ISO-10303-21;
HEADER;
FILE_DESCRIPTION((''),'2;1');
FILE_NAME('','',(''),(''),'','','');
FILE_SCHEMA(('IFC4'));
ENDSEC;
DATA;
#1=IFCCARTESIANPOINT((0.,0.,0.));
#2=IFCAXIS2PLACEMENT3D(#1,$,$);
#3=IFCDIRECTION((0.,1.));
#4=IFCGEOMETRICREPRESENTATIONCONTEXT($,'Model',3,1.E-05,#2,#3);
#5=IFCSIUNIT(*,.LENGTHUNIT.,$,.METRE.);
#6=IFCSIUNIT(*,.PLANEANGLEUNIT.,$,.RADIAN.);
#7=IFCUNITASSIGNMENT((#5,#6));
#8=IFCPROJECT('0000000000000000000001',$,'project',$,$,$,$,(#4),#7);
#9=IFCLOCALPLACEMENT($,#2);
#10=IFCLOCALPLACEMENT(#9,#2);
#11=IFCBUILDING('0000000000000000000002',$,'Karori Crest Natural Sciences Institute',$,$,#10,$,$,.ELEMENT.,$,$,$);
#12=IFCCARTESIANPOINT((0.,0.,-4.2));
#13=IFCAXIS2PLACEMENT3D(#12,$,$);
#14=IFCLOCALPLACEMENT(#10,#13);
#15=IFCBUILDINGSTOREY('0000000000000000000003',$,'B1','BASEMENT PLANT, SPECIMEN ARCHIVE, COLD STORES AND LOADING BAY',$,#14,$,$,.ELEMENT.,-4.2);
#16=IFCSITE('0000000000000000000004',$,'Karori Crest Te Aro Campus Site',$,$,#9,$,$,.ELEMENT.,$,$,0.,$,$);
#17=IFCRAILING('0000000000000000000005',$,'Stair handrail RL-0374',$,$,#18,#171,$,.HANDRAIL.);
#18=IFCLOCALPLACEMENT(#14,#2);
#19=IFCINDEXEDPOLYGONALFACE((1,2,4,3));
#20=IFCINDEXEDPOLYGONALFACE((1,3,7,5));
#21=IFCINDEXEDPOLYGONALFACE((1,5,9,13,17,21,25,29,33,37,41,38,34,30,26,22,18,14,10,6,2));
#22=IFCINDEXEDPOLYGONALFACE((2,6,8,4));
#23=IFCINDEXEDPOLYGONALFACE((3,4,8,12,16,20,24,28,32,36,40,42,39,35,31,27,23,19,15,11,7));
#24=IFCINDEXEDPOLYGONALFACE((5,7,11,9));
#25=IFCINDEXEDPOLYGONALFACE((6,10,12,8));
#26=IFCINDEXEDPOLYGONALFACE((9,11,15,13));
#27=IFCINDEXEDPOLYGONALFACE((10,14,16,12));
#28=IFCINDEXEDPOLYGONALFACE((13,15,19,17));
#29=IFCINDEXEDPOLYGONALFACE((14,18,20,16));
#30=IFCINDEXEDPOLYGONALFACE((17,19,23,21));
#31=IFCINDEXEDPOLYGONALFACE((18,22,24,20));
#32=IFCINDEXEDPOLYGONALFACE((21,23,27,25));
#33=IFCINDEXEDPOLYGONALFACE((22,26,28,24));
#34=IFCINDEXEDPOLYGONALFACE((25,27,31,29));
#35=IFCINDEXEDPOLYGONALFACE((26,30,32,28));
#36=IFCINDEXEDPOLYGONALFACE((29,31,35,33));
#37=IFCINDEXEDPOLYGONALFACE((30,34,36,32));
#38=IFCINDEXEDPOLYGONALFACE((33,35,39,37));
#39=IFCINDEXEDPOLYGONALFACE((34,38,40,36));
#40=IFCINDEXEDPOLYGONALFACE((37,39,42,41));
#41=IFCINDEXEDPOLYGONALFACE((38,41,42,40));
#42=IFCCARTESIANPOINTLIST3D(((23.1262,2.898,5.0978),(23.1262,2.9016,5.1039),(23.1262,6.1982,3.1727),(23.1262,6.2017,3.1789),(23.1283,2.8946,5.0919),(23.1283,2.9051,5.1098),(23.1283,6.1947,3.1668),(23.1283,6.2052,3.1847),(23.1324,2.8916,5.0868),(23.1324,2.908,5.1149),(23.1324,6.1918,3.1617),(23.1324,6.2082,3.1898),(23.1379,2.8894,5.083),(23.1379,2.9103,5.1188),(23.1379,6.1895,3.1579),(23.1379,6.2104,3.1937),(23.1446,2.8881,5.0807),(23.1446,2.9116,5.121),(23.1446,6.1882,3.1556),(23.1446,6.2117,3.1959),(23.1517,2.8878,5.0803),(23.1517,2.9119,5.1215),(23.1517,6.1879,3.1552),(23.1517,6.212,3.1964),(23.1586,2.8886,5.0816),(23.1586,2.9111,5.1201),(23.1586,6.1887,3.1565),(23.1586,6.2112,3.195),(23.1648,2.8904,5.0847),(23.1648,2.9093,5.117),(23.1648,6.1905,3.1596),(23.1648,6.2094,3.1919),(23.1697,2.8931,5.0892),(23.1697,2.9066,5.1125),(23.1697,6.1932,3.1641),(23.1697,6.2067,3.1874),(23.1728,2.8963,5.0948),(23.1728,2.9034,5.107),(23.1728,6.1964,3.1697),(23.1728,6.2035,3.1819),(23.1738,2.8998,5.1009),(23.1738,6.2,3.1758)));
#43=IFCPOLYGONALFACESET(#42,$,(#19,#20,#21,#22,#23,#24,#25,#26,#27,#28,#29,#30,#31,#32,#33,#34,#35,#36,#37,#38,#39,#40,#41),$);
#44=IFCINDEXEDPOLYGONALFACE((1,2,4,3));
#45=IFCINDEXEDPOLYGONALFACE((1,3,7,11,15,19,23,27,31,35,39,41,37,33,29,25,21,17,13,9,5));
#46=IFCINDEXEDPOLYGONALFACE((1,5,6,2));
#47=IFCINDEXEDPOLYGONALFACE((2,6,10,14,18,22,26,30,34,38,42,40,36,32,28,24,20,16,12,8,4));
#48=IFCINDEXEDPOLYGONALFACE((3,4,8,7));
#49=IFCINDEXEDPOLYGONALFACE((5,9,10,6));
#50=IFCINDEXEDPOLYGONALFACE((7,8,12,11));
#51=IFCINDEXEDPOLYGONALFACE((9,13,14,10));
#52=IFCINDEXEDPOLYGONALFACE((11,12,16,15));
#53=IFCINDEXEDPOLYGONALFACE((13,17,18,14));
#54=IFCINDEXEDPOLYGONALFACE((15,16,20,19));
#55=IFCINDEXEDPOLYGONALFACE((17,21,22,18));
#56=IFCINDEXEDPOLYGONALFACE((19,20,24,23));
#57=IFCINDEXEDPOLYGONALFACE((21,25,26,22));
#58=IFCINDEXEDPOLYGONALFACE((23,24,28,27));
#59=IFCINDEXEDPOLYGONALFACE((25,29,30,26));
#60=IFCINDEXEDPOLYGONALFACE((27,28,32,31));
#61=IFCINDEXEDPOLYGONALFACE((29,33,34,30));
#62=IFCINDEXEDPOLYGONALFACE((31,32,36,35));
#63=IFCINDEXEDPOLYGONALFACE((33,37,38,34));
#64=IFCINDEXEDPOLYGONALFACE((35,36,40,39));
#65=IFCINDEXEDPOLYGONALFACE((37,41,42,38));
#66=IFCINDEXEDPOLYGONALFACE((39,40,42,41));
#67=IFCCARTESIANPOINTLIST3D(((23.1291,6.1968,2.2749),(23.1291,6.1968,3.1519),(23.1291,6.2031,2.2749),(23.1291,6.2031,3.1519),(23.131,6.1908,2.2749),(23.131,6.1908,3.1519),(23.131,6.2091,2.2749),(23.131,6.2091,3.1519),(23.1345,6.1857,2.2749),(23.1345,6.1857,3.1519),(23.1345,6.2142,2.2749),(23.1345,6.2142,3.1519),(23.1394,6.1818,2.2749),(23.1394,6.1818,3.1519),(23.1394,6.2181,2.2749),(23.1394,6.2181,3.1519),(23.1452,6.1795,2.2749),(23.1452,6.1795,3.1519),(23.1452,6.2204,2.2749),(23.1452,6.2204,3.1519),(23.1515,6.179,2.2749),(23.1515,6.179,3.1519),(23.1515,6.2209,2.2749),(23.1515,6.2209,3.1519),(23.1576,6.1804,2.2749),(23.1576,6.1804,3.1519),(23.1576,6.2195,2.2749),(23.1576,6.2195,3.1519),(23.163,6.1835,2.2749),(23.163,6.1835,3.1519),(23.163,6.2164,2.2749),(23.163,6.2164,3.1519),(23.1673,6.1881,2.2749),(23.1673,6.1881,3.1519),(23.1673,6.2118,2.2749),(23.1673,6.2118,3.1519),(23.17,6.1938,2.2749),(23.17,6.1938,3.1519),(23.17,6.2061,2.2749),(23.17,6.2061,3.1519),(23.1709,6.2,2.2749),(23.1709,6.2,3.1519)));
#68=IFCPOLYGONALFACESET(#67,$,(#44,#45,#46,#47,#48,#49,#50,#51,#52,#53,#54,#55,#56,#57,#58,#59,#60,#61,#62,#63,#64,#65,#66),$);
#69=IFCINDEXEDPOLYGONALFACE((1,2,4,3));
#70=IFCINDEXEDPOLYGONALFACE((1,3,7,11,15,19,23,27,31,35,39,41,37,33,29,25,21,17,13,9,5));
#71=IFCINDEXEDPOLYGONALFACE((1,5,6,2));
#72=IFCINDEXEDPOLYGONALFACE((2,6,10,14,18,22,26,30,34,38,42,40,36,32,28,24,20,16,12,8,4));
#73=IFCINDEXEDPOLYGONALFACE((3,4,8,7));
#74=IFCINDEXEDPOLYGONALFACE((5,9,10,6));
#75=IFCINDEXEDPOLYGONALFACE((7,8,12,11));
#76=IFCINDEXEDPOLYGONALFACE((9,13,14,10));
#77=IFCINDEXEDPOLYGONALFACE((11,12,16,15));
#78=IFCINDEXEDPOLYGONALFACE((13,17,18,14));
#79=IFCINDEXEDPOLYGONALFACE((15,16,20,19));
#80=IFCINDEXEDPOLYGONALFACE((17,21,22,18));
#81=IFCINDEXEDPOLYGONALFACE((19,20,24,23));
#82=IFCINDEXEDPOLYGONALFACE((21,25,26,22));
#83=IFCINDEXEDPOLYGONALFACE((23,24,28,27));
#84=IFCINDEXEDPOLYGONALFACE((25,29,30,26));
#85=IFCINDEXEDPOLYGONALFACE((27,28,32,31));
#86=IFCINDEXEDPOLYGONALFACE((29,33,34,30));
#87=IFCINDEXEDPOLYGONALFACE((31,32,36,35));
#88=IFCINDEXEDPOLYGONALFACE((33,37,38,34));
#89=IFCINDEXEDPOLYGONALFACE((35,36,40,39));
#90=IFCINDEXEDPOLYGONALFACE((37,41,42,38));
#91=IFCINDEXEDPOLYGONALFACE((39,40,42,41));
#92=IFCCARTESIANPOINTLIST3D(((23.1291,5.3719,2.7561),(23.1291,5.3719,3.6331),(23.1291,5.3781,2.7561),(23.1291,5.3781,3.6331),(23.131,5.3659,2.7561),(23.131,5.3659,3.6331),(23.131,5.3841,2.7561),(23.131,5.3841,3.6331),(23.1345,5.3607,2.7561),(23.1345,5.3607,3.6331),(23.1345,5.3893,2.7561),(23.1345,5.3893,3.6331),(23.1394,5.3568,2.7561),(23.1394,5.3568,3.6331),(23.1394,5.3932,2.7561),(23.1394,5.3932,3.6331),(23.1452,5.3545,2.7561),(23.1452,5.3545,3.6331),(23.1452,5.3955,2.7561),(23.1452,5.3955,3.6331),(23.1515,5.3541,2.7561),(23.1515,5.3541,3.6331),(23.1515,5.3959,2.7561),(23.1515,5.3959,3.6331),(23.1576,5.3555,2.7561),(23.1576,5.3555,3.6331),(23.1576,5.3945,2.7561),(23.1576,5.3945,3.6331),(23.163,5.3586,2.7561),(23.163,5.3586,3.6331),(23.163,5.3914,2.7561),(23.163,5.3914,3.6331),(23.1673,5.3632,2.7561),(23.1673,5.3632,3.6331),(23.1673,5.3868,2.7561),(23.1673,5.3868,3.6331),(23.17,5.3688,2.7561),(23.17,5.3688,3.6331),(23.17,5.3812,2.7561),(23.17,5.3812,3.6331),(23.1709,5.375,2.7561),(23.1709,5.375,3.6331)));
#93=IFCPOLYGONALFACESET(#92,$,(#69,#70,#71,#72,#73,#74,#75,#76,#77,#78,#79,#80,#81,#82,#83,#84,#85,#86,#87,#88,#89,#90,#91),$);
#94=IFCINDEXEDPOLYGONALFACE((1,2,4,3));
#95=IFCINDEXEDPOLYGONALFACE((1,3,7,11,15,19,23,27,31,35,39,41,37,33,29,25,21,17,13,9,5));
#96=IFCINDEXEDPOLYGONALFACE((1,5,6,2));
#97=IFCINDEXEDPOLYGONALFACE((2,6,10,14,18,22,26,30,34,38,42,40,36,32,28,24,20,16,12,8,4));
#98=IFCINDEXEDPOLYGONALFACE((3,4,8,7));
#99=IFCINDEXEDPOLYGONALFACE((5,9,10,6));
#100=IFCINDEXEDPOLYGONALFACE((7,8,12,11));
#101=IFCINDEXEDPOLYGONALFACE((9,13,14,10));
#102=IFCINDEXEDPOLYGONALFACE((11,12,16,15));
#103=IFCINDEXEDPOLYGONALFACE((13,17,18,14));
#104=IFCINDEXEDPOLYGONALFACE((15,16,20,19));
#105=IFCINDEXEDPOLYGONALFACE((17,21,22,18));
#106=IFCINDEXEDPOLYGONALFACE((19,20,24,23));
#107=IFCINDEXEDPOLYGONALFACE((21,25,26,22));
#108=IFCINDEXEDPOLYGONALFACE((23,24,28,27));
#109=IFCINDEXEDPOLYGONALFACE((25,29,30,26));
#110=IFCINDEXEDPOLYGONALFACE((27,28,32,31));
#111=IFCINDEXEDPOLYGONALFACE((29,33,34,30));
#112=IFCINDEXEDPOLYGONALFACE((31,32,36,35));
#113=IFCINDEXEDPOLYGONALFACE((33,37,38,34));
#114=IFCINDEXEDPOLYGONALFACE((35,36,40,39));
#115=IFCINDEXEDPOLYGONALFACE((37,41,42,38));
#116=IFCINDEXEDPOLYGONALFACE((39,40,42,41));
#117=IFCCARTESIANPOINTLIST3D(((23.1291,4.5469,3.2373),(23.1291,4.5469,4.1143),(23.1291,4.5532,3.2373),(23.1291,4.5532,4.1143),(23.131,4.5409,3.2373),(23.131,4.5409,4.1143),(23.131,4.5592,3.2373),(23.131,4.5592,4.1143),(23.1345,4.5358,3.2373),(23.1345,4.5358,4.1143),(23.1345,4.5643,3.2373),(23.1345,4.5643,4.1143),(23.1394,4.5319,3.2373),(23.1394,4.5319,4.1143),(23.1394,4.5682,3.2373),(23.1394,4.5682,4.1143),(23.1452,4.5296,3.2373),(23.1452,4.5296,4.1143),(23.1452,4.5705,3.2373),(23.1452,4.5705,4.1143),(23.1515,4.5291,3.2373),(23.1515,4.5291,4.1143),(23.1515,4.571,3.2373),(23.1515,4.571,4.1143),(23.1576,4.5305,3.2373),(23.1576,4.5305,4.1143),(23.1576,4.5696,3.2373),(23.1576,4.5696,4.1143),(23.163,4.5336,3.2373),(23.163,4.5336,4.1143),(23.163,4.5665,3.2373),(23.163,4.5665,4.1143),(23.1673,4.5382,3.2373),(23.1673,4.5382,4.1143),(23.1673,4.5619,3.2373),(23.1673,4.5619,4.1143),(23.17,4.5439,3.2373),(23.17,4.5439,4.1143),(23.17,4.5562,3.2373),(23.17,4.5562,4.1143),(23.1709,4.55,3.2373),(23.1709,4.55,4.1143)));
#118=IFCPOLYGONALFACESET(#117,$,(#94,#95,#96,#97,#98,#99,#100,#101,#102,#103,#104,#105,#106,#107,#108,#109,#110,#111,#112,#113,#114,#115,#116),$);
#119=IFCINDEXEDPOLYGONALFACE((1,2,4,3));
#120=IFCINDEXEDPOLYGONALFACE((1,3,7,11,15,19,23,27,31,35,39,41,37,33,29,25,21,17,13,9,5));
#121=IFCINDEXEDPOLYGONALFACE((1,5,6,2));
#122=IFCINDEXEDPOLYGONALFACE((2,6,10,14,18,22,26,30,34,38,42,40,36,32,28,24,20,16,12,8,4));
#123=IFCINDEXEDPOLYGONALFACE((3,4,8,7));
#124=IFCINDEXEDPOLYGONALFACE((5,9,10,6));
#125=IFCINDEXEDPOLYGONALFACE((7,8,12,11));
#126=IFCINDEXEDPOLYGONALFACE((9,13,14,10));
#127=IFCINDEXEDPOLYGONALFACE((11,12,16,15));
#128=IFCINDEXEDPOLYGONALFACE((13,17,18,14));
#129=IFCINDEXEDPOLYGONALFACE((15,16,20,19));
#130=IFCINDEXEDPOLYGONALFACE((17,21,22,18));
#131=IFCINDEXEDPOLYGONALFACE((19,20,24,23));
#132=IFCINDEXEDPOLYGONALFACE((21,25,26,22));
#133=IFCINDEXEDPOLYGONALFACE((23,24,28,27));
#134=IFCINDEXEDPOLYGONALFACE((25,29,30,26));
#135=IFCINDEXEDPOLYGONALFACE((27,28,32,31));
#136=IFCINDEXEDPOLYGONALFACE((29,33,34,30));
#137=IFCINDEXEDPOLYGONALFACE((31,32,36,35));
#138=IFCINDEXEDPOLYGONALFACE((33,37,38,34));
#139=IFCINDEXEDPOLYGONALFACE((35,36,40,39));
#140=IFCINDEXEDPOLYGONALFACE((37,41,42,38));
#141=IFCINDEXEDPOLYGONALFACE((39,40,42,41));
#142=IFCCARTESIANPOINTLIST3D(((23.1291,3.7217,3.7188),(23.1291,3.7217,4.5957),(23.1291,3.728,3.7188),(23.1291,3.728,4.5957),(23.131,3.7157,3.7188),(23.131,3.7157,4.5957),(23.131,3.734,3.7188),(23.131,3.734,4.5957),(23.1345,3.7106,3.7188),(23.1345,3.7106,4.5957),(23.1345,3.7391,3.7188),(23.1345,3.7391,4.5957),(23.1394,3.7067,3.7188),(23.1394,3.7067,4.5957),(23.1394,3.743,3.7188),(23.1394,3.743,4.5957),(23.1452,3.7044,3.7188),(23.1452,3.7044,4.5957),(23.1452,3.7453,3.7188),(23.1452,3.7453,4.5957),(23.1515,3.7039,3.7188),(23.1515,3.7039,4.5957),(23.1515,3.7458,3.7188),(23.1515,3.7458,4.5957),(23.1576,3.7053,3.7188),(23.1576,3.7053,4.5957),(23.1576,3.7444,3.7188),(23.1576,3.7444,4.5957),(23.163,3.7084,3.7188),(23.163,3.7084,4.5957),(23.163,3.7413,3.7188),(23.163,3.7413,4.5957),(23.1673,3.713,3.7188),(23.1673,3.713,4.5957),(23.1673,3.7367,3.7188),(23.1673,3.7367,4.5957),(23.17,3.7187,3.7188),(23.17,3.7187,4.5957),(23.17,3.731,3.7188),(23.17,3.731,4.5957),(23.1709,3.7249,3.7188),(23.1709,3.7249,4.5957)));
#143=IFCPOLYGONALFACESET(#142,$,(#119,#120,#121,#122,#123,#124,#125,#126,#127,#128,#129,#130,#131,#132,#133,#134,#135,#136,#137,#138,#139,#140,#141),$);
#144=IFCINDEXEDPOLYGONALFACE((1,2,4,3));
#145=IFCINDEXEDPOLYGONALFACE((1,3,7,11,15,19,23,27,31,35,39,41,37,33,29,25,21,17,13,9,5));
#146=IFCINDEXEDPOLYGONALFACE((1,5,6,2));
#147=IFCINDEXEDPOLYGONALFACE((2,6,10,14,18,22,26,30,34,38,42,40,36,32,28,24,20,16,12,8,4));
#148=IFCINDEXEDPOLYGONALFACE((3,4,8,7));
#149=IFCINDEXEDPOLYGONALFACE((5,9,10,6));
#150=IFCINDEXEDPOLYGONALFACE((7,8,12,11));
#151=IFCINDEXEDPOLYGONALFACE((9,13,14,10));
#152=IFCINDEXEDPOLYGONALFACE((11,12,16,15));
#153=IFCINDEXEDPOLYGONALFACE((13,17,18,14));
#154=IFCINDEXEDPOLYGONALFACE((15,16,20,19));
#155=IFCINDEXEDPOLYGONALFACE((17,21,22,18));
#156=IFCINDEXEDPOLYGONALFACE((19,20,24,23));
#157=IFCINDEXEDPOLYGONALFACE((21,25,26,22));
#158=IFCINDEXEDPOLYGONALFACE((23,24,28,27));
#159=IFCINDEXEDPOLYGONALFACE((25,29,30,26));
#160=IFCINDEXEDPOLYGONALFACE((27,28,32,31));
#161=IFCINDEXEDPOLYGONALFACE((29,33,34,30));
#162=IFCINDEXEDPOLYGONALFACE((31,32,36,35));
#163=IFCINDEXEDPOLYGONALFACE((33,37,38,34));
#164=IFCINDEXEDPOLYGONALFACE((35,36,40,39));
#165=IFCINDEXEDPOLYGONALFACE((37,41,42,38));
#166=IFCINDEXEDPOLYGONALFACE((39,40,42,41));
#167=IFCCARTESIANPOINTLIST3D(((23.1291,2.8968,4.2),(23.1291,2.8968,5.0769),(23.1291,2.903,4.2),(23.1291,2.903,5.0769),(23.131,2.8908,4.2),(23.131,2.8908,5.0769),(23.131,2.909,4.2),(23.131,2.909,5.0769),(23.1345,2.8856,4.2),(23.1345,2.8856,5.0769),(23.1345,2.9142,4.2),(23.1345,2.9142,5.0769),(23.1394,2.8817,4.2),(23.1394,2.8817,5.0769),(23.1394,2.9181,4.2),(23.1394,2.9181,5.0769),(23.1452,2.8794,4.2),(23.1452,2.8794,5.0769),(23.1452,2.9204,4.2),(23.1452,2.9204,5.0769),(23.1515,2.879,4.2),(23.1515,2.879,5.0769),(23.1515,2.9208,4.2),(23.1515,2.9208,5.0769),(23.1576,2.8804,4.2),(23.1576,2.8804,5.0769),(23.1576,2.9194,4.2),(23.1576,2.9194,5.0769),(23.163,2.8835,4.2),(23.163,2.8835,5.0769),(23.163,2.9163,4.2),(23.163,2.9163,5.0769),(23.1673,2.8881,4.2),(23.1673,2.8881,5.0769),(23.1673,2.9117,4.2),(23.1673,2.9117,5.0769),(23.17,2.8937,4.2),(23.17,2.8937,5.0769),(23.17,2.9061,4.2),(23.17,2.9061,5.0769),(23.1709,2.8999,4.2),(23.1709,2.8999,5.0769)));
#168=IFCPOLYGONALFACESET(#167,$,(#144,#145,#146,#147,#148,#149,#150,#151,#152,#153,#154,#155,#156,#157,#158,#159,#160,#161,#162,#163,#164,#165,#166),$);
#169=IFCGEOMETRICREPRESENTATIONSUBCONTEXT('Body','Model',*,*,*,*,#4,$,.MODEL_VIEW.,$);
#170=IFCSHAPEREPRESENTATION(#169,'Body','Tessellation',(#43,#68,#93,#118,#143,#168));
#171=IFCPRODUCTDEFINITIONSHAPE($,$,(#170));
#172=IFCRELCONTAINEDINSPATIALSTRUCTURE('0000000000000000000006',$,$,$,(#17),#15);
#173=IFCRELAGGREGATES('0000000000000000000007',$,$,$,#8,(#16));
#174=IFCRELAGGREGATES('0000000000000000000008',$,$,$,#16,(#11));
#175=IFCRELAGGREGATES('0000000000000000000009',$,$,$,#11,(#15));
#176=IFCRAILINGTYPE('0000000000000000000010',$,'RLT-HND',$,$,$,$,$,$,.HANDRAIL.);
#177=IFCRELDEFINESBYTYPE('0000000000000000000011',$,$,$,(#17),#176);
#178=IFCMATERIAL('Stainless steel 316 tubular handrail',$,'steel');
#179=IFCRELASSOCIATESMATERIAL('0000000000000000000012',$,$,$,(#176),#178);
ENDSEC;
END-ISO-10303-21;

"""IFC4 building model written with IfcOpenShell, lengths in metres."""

from ifc_helpers import new_model, si_unit, direction, frame, origin, origin_2d, place, context, subcontext, project, spatial, circle, extrude, material, type_object, element, save


model = new_model("IFC4")

# Units and contexts
model_context = context("Model", 3, precision=1e-05, world=origin(), true_north=direction((0.0, 1.0)))
body_context = subcontext(model_context, "Body", "Model", "MODEL_VIEW")
ifc_project = project(units=[si_unit("LENGTHUNIT", "METRE"), si_unit("PLANEANGLEUNIT", "RADIAN")], contexts=[model_context])

# Site, building, storey
site_placement = place(None, origin())
site = spatial("IfcSite", under=ifc_project, at=site_placement, Name="Karori Crest Te Aro Campus Site", CompositionType="ELEMENT", RefElevation=0.0)
building_placement = place(site_placement, origin())
building = spatial("IfcBuilding", under=site, at=building_placement, Name="Karori Crest Natural Sciences Institute", CompositionType="ELEMENT")
storey_placement = place(building_placement, frame((0.0, 0.0, -4.2)))
storey = spatial("IfcBuildingStorey", under=building, at=storey_placement, Name="B1", Description="BASEMENT PLANT, SPECIMEN ARCHIVE, COLD STORES AND LOADING BAY", CompositionType="ELEMENT", Elevation=-4.2)

# Railing
ifc_material_1 = material(Name="Stainless steel 316 tubular handrail", Category="steel")
railing_type_1 = type_object("IfcRailingType", Name="RLT-HND", PredefinedType="HANDRAIL", material=ifc_material_1)
railing_1_placement = place(storey_placement, frame((23.1499, 6.2, 2.2749)))
element("IfcRailing", 1, at=railing_1_placement, inside=storey, type_object=railing_type_1, Name="Stair handrail RL-0374", PredefinedType="HANDRAIL", context=body_context, shape_type="SweptSolid", body=[
    extrude(circle(Radius=0.0239, at=origin_2d()), frame((0.0, 0.0, 0.9009), z_axis=(0.0, -0.863777, 0.503875), x_axis=(1.0, 0.0, 0.0)), (0.0, 0.0, 1.0), 3.8206),
    extrude(circle(Radius=0.021, at=origin_2d()), origin(), (0.0, 0.0, 1.0), 0.877),
    extrude(circle(Radius=0.021, at=origin_2d()), frame((0.0, -0.825, 0.4812)), (0.0, 0.0, 1.0), 0.877),
    extrude(circle(Radius=0.021, at=origin_2d()), frame((0.0, -1.6499, 0.9624)), (0.0, 0.0, 1.0), 0.877),
    extrude(circle(Radius=0.021, at=origin_2d()), frame((0.0, -2.4751, 1.4438)), (0.0, 0.0, 1.0), 0.877),
    extrude(circle(Radius=0.021, at=origin_2d()), frame((0.0, -3.3, 1.925)), (0.0, 0.0, 1.0), 0.877),
])

save(model, "model.ifc")
